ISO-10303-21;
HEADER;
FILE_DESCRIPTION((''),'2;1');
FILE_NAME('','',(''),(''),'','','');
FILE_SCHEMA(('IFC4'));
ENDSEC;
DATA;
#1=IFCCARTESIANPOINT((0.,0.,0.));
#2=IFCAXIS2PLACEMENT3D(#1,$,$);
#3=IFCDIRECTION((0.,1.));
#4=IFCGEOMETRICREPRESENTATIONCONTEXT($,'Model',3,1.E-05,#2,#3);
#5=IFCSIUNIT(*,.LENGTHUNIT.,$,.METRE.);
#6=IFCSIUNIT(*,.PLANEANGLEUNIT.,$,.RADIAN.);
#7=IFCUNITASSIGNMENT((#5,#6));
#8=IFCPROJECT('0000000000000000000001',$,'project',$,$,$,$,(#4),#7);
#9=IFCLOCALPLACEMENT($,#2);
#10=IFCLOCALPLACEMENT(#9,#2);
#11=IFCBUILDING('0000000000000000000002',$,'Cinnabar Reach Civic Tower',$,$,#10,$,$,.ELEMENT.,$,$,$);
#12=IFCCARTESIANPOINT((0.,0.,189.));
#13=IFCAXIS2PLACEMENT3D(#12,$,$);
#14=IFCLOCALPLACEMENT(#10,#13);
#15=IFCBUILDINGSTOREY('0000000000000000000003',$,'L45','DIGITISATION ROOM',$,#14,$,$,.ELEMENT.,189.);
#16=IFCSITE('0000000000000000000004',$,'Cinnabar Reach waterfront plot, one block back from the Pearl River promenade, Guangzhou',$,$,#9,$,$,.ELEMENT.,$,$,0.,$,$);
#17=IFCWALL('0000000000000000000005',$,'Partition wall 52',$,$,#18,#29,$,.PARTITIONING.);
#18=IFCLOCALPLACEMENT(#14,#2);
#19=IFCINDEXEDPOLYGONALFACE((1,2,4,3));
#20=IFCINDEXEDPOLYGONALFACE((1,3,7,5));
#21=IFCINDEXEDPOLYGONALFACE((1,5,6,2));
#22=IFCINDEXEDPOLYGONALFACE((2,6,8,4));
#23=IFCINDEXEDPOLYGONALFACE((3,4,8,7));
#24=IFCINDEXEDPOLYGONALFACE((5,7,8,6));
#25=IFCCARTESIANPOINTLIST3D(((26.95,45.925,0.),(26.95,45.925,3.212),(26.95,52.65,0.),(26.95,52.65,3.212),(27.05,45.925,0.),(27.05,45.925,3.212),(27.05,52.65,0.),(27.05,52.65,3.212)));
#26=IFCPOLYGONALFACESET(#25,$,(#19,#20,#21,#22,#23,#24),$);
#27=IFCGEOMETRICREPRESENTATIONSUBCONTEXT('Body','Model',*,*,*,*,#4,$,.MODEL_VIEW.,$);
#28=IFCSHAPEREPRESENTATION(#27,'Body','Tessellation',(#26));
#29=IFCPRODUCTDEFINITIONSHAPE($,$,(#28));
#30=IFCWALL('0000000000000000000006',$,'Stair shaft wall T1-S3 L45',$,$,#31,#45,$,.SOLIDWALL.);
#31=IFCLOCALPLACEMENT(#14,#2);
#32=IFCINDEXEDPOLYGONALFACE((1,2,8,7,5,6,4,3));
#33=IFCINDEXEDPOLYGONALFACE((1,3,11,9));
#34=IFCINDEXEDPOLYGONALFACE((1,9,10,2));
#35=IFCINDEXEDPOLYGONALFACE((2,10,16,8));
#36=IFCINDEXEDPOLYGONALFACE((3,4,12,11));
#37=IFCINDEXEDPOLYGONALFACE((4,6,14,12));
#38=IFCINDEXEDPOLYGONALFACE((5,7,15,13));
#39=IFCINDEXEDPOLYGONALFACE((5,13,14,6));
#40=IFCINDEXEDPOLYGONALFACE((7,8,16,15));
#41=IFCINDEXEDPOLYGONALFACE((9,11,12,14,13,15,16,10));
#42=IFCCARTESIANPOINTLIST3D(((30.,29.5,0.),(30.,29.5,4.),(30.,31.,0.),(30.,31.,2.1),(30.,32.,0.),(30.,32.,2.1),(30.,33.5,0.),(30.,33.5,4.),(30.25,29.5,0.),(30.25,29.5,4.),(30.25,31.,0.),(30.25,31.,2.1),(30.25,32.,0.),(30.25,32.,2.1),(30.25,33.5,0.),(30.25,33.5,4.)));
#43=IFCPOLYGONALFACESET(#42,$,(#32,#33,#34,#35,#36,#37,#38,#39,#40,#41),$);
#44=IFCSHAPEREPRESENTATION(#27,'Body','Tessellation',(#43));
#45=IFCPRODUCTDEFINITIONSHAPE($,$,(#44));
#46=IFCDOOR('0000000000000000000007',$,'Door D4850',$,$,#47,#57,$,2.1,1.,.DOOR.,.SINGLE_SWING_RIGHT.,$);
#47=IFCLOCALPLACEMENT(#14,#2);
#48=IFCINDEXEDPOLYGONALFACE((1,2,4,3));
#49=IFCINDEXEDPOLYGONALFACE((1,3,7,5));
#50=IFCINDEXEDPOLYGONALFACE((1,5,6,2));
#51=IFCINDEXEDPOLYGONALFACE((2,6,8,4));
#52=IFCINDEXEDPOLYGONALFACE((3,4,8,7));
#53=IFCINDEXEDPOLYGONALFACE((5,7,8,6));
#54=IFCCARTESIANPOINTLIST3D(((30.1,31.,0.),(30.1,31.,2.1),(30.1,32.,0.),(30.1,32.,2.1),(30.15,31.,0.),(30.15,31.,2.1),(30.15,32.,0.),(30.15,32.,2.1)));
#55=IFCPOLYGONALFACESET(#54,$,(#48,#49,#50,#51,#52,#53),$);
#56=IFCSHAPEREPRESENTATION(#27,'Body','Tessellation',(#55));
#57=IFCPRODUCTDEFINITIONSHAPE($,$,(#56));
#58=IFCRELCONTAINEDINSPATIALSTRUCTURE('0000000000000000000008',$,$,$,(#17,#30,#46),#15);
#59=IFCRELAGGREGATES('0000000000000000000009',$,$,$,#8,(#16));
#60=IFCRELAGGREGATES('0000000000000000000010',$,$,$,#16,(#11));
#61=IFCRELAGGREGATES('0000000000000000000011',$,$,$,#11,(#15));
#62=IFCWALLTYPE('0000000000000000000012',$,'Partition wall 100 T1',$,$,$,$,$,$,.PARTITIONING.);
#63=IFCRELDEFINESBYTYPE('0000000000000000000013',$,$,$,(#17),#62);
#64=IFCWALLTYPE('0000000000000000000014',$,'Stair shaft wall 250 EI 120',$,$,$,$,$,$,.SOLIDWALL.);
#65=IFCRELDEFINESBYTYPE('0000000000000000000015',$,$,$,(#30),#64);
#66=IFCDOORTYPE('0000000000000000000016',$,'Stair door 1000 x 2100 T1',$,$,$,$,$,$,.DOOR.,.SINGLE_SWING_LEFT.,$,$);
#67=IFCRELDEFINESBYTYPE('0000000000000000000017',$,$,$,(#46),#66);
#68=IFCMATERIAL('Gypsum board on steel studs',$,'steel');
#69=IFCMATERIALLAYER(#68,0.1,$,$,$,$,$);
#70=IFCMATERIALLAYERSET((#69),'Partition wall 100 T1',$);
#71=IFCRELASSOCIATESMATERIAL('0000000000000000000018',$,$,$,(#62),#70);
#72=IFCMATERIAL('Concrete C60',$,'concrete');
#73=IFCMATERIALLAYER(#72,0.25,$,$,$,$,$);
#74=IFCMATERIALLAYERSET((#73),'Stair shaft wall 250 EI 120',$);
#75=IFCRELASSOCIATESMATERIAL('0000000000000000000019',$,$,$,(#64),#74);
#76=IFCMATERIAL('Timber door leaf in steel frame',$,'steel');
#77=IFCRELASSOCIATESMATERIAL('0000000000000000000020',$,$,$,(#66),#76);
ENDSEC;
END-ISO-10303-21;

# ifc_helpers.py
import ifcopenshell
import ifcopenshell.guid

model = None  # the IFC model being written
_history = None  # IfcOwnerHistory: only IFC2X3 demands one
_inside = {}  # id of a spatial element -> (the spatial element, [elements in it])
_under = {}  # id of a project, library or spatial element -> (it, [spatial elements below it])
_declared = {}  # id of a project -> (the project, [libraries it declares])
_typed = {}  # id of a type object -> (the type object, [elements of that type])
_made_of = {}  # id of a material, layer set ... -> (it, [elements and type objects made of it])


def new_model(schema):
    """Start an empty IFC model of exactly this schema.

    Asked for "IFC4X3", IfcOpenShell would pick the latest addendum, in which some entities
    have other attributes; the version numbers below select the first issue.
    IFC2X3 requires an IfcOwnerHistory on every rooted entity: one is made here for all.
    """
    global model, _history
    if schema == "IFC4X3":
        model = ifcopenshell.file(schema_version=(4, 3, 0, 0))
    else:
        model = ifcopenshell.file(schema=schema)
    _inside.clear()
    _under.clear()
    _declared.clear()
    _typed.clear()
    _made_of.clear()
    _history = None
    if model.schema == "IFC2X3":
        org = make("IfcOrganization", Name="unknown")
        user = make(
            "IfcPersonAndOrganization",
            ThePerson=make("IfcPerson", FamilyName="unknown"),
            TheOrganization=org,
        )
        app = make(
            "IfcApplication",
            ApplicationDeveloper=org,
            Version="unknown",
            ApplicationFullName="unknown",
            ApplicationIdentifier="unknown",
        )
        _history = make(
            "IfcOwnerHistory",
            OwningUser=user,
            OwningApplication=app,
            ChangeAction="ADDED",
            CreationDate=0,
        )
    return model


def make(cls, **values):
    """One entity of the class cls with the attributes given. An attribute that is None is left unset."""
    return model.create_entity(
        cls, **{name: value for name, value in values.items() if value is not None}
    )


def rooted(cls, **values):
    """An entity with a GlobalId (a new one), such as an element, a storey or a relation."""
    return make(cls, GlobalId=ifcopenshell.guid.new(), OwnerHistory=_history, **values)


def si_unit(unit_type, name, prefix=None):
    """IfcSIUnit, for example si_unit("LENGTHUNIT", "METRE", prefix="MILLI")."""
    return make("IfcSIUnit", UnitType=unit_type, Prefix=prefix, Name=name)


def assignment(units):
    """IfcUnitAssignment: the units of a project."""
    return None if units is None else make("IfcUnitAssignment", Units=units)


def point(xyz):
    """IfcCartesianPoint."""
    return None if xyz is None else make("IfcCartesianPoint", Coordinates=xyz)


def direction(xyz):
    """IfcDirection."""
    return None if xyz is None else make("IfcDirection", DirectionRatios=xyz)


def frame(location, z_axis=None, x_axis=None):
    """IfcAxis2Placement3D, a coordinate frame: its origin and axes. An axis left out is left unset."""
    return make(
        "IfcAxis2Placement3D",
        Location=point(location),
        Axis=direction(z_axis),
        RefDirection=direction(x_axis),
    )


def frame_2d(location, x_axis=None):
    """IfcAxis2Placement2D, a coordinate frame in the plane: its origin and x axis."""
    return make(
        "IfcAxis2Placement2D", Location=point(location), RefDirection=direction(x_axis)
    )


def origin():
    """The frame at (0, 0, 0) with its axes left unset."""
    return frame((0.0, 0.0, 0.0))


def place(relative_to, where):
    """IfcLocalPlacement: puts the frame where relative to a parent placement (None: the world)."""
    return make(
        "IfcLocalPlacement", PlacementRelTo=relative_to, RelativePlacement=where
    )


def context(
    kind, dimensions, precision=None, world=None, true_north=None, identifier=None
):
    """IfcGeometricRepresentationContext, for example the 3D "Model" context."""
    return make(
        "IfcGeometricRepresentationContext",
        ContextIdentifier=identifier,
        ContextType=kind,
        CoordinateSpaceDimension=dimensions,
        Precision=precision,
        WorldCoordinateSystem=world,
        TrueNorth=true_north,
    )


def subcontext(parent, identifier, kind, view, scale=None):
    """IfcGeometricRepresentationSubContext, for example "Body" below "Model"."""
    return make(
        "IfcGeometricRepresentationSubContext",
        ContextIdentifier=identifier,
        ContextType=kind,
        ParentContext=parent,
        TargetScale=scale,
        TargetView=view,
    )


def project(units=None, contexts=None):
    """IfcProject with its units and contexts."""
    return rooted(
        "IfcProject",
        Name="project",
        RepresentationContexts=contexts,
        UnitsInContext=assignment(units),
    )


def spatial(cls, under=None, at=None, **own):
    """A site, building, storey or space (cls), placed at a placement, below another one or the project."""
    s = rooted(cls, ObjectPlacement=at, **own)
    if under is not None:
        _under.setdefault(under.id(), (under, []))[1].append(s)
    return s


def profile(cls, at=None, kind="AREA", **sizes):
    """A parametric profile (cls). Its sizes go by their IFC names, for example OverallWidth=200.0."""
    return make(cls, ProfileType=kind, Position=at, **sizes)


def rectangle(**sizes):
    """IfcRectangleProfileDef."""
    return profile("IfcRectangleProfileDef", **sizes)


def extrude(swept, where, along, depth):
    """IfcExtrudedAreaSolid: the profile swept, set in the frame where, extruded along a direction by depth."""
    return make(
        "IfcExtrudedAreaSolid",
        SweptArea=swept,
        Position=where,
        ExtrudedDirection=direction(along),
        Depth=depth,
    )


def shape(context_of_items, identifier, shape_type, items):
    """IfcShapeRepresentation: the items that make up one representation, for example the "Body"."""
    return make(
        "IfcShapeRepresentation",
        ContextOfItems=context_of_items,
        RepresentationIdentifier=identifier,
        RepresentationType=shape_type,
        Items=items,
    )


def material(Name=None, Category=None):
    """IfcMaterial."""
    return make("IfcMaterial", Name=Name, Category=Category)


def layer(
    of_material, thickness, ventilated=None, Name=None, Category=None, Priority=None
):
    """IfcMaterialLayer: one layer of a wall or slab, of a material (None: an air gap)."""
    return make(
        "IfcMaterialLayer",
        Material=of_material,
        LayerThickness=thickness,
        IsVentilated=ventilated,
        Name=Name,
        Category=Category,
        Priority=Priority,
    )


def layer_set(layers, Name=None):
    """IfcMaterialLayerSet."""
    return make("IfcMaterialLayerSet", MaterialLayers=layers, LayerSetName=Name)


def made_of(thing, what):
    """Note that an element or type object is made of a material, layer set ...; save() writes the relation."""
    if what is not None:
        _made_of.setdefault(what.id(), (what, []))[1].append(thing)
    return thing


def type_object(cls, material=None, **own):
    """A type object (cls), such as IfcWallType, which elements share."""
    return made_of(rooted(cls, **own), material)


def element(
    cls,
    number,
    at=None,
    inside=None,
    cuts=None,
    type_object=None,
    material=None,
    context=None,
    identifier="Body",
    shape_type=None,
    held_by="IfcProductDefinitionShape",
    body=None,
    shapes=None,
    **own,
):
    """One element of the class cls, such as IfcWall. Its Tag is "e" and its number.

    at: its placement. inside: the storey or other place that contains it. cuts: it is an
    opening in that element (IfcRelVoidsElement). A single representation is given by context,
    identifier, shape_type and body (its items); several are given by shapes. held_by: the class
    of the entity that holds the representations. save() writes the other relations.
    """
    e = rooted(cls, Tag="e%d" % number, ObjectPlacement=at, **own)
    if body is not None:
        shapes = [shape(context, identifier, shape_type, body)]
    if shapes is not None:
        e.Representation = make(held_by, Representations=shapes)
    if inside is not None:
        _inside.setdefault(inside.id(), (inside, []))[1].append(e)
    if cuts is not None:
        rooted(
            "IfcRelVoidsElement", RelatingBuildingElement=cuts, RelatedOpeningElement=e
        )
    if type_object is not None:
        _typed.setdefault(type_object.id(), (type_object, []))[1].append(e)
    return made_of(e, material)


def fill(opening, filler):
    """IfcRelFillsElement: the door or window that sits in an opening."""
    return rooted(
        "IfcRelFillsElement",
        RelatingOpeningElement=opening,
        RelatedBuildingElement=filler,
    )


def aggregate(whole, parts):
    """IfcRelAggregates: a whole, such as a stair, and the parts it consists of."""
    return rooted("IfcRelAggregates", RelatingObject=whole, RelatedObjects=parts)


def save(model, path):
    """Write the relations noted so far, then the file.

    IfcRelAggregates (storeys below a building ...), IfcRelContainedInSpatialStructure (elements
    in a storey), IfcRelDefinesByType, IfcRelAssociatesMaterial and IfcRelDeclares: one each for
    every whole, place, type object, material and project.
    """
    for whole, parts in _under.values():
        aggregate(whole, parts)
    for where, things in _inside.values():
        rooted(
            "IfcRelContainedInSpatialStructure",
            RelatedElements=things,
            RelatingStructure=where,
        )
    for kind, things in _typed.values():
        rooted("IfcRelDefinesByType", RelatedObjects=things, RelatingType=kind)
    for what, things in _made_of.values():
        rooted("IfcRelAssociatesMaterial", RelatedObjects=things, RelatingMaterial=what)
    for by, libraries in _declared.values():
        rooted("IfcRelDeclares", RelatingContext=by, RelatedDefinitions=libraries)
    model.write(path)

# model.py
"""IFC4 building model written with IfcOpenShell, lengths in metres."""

from ifc_helpers import new_model, si_unit, direction, frame, frame_2d, origin, place, context, subcontext, project, spatial, rectangle, extrude, material, layer, layer_set, type_object, element, fill, save


model = new_model("IFC4")

# Units and contexts
model_context = context("Model", 3, precision=1e-05, world=origin(), true_north=direction((0.0, 1.0)))
body_context = subcontext(model_context, "Body", "Model", "MODEL_VIEW")
ifc_project = project(units=[si_unit("LENGTHUNIT", "METRE"), si_unit("PLANEANGLEUNIT", "RADIAN")], contexts=[model_context])

# Site, building, storey
site_placement = place(None, origin())
site = spatial("IfcSite", under=ifc_project, at=site_placement, Name="Cinnabar Reach waterfront plot, one block back from the Pearl River promenade, Guangzhou", CompositionType="ELEMENT", RefElevation=0.0)
building_placement = place(site_placement, origin())
building = spatial("IfcBuilding", under=site, at=building_placement, Name="Cinnabar Reach Civic Tower", CompositionType="ELEMENT")
storey_placement = place(building_placement, frame((0.0, 0.0, 189.0)))
storey = spatial("IfcBuildingStorey", under=building, at=storey_placement, Name="L45", Description="DIGITISATION ROOM", CompositionType="ELEMENT", Elevation=189.0)

# Shared definitions
ifc_material_1 = material(Name="Timber door leaf in steel frame", Category="steel")

# Shared definitions
ifc_material_2 = material(Name="Gypsum board on steel studs", Category="steel")
ifc_layer_1 = layer(ifc_material_2, 0.1)
ifc_layer_set_1 = layer_set([ifc_layer_1], Name="Partition wall 100 T1")
wall_type_1 = type_object("IfcWallType", Name="Partition wall 100 T1", PredefinedType="PARTITIONING", material=ifc_layer_set_1)

# Wall
wall_1_placement = place(storey_placement, frame((27.0, 45.925, 0.0), z_axis=(0.0, 0.0, 1.0), x_axis=(0.0, 1.0, 0.0)))
element("IfcWall", 1, at=wall_1_placement, inside=storey, type_object=wall_type_1, Name="Partition wall 52", PredefinedType="PARTITIONING", context=body_context, shape_type="SweptSolid", body=[
    extrude(rectangle(XDim=6.725, YDim=0.1, at=frame_2d((3.3625, 0.0))), origin(), (0.0, 0.0, 1.0), 3.212),
])

# Wall, opening, door
ifc_material_3 = material(Name="Concrete C60", Category="concrete")
ifc_layer_2 = layer(ifc_material_3, 0.25)
ifc_layer_set_2 = layer_set([ifc_layer_2], Name="Stair shaft wall 250 EI 120")
wall_type_2 = type_object("IfcWallType", Name="Stair shaft wall 250 EI 120", PredefinedType="SOLIDWALL", material=ifc_layer_set_2)
wall_2_placement = place(storey_placement, frame((30.125, 33.5, 0.0), z_axis=(0.0, 0.0, 1.0), x_axis=(0.0, -1.0, 0.0)))
wall_2 = element("IfcWall", 2, at=wall_2_placement, inside=storey, type_object=wall_type_2, Name="Stair shaft wall T1-S3 L45", PredefinedType="SOLIDWALL", context=body_context, shape_type="SweptSolid", body=[
    extrude(rectangle(XDim=4.0, YDim=0.25, at=frame_2d((2.0, 0.0))), origin(), (0.0, 0.0, 1.0), 4.0),
])
opening_1_placement = place(wall_2_placement, frame((1.5, 0.0, 0.0)))
opening_1 = element("IfcOpeningElement", 3, at=opening_1_placement, cuts=wall_2, PredefinedType="OPENING", context=body_context, shape_type="SweptSolid", body=[
    extrude(rectangle(XDim=1.0, YDim=2.1, at=frame_2d((0.5, 1.05))), frame((0.0, 0.135, 0.0), z_axis=(0.0, -1.0, 0.0), x_axis=(1.0, 0.0, 0.0)), (0.0, 0.0, 1.0), 0.27),
])
door_type_1 = type_object("IfcDoorType", Name="Stair door 1000 x 2100 T1", OperationType="SINGLE_SWING_LEFT", PredefinedType="DOOR", material=ifc_material_1)
door_1_placement = place(opening_1_placement, origin())
door_1 = element("IfcDoor", 4, at=door_1_placement, inside=storey, type_object=door_type_1, Name="Door D4850", OperationType="SINGLE_SWING_RIGHT", OverallHeight=2.1, OverallWidth=1.0, PredefinedType="DOOR", context=body_context, shape_type="SweptSolid", body=[
    extrude(rectangle(XDim=1.0, YDim=2.1, at=frame_2d((0.5, 1.05))), frame((0.0, 0.025, 0.0), z_axis=(0.0, -1.0, 0.0), x_axis=(1.0, 0.0, 0.0)), (0.0, 0.0, 1.0), 0.05),
])
fill(opening_1, door_1)

save(model, "model.ifc")
